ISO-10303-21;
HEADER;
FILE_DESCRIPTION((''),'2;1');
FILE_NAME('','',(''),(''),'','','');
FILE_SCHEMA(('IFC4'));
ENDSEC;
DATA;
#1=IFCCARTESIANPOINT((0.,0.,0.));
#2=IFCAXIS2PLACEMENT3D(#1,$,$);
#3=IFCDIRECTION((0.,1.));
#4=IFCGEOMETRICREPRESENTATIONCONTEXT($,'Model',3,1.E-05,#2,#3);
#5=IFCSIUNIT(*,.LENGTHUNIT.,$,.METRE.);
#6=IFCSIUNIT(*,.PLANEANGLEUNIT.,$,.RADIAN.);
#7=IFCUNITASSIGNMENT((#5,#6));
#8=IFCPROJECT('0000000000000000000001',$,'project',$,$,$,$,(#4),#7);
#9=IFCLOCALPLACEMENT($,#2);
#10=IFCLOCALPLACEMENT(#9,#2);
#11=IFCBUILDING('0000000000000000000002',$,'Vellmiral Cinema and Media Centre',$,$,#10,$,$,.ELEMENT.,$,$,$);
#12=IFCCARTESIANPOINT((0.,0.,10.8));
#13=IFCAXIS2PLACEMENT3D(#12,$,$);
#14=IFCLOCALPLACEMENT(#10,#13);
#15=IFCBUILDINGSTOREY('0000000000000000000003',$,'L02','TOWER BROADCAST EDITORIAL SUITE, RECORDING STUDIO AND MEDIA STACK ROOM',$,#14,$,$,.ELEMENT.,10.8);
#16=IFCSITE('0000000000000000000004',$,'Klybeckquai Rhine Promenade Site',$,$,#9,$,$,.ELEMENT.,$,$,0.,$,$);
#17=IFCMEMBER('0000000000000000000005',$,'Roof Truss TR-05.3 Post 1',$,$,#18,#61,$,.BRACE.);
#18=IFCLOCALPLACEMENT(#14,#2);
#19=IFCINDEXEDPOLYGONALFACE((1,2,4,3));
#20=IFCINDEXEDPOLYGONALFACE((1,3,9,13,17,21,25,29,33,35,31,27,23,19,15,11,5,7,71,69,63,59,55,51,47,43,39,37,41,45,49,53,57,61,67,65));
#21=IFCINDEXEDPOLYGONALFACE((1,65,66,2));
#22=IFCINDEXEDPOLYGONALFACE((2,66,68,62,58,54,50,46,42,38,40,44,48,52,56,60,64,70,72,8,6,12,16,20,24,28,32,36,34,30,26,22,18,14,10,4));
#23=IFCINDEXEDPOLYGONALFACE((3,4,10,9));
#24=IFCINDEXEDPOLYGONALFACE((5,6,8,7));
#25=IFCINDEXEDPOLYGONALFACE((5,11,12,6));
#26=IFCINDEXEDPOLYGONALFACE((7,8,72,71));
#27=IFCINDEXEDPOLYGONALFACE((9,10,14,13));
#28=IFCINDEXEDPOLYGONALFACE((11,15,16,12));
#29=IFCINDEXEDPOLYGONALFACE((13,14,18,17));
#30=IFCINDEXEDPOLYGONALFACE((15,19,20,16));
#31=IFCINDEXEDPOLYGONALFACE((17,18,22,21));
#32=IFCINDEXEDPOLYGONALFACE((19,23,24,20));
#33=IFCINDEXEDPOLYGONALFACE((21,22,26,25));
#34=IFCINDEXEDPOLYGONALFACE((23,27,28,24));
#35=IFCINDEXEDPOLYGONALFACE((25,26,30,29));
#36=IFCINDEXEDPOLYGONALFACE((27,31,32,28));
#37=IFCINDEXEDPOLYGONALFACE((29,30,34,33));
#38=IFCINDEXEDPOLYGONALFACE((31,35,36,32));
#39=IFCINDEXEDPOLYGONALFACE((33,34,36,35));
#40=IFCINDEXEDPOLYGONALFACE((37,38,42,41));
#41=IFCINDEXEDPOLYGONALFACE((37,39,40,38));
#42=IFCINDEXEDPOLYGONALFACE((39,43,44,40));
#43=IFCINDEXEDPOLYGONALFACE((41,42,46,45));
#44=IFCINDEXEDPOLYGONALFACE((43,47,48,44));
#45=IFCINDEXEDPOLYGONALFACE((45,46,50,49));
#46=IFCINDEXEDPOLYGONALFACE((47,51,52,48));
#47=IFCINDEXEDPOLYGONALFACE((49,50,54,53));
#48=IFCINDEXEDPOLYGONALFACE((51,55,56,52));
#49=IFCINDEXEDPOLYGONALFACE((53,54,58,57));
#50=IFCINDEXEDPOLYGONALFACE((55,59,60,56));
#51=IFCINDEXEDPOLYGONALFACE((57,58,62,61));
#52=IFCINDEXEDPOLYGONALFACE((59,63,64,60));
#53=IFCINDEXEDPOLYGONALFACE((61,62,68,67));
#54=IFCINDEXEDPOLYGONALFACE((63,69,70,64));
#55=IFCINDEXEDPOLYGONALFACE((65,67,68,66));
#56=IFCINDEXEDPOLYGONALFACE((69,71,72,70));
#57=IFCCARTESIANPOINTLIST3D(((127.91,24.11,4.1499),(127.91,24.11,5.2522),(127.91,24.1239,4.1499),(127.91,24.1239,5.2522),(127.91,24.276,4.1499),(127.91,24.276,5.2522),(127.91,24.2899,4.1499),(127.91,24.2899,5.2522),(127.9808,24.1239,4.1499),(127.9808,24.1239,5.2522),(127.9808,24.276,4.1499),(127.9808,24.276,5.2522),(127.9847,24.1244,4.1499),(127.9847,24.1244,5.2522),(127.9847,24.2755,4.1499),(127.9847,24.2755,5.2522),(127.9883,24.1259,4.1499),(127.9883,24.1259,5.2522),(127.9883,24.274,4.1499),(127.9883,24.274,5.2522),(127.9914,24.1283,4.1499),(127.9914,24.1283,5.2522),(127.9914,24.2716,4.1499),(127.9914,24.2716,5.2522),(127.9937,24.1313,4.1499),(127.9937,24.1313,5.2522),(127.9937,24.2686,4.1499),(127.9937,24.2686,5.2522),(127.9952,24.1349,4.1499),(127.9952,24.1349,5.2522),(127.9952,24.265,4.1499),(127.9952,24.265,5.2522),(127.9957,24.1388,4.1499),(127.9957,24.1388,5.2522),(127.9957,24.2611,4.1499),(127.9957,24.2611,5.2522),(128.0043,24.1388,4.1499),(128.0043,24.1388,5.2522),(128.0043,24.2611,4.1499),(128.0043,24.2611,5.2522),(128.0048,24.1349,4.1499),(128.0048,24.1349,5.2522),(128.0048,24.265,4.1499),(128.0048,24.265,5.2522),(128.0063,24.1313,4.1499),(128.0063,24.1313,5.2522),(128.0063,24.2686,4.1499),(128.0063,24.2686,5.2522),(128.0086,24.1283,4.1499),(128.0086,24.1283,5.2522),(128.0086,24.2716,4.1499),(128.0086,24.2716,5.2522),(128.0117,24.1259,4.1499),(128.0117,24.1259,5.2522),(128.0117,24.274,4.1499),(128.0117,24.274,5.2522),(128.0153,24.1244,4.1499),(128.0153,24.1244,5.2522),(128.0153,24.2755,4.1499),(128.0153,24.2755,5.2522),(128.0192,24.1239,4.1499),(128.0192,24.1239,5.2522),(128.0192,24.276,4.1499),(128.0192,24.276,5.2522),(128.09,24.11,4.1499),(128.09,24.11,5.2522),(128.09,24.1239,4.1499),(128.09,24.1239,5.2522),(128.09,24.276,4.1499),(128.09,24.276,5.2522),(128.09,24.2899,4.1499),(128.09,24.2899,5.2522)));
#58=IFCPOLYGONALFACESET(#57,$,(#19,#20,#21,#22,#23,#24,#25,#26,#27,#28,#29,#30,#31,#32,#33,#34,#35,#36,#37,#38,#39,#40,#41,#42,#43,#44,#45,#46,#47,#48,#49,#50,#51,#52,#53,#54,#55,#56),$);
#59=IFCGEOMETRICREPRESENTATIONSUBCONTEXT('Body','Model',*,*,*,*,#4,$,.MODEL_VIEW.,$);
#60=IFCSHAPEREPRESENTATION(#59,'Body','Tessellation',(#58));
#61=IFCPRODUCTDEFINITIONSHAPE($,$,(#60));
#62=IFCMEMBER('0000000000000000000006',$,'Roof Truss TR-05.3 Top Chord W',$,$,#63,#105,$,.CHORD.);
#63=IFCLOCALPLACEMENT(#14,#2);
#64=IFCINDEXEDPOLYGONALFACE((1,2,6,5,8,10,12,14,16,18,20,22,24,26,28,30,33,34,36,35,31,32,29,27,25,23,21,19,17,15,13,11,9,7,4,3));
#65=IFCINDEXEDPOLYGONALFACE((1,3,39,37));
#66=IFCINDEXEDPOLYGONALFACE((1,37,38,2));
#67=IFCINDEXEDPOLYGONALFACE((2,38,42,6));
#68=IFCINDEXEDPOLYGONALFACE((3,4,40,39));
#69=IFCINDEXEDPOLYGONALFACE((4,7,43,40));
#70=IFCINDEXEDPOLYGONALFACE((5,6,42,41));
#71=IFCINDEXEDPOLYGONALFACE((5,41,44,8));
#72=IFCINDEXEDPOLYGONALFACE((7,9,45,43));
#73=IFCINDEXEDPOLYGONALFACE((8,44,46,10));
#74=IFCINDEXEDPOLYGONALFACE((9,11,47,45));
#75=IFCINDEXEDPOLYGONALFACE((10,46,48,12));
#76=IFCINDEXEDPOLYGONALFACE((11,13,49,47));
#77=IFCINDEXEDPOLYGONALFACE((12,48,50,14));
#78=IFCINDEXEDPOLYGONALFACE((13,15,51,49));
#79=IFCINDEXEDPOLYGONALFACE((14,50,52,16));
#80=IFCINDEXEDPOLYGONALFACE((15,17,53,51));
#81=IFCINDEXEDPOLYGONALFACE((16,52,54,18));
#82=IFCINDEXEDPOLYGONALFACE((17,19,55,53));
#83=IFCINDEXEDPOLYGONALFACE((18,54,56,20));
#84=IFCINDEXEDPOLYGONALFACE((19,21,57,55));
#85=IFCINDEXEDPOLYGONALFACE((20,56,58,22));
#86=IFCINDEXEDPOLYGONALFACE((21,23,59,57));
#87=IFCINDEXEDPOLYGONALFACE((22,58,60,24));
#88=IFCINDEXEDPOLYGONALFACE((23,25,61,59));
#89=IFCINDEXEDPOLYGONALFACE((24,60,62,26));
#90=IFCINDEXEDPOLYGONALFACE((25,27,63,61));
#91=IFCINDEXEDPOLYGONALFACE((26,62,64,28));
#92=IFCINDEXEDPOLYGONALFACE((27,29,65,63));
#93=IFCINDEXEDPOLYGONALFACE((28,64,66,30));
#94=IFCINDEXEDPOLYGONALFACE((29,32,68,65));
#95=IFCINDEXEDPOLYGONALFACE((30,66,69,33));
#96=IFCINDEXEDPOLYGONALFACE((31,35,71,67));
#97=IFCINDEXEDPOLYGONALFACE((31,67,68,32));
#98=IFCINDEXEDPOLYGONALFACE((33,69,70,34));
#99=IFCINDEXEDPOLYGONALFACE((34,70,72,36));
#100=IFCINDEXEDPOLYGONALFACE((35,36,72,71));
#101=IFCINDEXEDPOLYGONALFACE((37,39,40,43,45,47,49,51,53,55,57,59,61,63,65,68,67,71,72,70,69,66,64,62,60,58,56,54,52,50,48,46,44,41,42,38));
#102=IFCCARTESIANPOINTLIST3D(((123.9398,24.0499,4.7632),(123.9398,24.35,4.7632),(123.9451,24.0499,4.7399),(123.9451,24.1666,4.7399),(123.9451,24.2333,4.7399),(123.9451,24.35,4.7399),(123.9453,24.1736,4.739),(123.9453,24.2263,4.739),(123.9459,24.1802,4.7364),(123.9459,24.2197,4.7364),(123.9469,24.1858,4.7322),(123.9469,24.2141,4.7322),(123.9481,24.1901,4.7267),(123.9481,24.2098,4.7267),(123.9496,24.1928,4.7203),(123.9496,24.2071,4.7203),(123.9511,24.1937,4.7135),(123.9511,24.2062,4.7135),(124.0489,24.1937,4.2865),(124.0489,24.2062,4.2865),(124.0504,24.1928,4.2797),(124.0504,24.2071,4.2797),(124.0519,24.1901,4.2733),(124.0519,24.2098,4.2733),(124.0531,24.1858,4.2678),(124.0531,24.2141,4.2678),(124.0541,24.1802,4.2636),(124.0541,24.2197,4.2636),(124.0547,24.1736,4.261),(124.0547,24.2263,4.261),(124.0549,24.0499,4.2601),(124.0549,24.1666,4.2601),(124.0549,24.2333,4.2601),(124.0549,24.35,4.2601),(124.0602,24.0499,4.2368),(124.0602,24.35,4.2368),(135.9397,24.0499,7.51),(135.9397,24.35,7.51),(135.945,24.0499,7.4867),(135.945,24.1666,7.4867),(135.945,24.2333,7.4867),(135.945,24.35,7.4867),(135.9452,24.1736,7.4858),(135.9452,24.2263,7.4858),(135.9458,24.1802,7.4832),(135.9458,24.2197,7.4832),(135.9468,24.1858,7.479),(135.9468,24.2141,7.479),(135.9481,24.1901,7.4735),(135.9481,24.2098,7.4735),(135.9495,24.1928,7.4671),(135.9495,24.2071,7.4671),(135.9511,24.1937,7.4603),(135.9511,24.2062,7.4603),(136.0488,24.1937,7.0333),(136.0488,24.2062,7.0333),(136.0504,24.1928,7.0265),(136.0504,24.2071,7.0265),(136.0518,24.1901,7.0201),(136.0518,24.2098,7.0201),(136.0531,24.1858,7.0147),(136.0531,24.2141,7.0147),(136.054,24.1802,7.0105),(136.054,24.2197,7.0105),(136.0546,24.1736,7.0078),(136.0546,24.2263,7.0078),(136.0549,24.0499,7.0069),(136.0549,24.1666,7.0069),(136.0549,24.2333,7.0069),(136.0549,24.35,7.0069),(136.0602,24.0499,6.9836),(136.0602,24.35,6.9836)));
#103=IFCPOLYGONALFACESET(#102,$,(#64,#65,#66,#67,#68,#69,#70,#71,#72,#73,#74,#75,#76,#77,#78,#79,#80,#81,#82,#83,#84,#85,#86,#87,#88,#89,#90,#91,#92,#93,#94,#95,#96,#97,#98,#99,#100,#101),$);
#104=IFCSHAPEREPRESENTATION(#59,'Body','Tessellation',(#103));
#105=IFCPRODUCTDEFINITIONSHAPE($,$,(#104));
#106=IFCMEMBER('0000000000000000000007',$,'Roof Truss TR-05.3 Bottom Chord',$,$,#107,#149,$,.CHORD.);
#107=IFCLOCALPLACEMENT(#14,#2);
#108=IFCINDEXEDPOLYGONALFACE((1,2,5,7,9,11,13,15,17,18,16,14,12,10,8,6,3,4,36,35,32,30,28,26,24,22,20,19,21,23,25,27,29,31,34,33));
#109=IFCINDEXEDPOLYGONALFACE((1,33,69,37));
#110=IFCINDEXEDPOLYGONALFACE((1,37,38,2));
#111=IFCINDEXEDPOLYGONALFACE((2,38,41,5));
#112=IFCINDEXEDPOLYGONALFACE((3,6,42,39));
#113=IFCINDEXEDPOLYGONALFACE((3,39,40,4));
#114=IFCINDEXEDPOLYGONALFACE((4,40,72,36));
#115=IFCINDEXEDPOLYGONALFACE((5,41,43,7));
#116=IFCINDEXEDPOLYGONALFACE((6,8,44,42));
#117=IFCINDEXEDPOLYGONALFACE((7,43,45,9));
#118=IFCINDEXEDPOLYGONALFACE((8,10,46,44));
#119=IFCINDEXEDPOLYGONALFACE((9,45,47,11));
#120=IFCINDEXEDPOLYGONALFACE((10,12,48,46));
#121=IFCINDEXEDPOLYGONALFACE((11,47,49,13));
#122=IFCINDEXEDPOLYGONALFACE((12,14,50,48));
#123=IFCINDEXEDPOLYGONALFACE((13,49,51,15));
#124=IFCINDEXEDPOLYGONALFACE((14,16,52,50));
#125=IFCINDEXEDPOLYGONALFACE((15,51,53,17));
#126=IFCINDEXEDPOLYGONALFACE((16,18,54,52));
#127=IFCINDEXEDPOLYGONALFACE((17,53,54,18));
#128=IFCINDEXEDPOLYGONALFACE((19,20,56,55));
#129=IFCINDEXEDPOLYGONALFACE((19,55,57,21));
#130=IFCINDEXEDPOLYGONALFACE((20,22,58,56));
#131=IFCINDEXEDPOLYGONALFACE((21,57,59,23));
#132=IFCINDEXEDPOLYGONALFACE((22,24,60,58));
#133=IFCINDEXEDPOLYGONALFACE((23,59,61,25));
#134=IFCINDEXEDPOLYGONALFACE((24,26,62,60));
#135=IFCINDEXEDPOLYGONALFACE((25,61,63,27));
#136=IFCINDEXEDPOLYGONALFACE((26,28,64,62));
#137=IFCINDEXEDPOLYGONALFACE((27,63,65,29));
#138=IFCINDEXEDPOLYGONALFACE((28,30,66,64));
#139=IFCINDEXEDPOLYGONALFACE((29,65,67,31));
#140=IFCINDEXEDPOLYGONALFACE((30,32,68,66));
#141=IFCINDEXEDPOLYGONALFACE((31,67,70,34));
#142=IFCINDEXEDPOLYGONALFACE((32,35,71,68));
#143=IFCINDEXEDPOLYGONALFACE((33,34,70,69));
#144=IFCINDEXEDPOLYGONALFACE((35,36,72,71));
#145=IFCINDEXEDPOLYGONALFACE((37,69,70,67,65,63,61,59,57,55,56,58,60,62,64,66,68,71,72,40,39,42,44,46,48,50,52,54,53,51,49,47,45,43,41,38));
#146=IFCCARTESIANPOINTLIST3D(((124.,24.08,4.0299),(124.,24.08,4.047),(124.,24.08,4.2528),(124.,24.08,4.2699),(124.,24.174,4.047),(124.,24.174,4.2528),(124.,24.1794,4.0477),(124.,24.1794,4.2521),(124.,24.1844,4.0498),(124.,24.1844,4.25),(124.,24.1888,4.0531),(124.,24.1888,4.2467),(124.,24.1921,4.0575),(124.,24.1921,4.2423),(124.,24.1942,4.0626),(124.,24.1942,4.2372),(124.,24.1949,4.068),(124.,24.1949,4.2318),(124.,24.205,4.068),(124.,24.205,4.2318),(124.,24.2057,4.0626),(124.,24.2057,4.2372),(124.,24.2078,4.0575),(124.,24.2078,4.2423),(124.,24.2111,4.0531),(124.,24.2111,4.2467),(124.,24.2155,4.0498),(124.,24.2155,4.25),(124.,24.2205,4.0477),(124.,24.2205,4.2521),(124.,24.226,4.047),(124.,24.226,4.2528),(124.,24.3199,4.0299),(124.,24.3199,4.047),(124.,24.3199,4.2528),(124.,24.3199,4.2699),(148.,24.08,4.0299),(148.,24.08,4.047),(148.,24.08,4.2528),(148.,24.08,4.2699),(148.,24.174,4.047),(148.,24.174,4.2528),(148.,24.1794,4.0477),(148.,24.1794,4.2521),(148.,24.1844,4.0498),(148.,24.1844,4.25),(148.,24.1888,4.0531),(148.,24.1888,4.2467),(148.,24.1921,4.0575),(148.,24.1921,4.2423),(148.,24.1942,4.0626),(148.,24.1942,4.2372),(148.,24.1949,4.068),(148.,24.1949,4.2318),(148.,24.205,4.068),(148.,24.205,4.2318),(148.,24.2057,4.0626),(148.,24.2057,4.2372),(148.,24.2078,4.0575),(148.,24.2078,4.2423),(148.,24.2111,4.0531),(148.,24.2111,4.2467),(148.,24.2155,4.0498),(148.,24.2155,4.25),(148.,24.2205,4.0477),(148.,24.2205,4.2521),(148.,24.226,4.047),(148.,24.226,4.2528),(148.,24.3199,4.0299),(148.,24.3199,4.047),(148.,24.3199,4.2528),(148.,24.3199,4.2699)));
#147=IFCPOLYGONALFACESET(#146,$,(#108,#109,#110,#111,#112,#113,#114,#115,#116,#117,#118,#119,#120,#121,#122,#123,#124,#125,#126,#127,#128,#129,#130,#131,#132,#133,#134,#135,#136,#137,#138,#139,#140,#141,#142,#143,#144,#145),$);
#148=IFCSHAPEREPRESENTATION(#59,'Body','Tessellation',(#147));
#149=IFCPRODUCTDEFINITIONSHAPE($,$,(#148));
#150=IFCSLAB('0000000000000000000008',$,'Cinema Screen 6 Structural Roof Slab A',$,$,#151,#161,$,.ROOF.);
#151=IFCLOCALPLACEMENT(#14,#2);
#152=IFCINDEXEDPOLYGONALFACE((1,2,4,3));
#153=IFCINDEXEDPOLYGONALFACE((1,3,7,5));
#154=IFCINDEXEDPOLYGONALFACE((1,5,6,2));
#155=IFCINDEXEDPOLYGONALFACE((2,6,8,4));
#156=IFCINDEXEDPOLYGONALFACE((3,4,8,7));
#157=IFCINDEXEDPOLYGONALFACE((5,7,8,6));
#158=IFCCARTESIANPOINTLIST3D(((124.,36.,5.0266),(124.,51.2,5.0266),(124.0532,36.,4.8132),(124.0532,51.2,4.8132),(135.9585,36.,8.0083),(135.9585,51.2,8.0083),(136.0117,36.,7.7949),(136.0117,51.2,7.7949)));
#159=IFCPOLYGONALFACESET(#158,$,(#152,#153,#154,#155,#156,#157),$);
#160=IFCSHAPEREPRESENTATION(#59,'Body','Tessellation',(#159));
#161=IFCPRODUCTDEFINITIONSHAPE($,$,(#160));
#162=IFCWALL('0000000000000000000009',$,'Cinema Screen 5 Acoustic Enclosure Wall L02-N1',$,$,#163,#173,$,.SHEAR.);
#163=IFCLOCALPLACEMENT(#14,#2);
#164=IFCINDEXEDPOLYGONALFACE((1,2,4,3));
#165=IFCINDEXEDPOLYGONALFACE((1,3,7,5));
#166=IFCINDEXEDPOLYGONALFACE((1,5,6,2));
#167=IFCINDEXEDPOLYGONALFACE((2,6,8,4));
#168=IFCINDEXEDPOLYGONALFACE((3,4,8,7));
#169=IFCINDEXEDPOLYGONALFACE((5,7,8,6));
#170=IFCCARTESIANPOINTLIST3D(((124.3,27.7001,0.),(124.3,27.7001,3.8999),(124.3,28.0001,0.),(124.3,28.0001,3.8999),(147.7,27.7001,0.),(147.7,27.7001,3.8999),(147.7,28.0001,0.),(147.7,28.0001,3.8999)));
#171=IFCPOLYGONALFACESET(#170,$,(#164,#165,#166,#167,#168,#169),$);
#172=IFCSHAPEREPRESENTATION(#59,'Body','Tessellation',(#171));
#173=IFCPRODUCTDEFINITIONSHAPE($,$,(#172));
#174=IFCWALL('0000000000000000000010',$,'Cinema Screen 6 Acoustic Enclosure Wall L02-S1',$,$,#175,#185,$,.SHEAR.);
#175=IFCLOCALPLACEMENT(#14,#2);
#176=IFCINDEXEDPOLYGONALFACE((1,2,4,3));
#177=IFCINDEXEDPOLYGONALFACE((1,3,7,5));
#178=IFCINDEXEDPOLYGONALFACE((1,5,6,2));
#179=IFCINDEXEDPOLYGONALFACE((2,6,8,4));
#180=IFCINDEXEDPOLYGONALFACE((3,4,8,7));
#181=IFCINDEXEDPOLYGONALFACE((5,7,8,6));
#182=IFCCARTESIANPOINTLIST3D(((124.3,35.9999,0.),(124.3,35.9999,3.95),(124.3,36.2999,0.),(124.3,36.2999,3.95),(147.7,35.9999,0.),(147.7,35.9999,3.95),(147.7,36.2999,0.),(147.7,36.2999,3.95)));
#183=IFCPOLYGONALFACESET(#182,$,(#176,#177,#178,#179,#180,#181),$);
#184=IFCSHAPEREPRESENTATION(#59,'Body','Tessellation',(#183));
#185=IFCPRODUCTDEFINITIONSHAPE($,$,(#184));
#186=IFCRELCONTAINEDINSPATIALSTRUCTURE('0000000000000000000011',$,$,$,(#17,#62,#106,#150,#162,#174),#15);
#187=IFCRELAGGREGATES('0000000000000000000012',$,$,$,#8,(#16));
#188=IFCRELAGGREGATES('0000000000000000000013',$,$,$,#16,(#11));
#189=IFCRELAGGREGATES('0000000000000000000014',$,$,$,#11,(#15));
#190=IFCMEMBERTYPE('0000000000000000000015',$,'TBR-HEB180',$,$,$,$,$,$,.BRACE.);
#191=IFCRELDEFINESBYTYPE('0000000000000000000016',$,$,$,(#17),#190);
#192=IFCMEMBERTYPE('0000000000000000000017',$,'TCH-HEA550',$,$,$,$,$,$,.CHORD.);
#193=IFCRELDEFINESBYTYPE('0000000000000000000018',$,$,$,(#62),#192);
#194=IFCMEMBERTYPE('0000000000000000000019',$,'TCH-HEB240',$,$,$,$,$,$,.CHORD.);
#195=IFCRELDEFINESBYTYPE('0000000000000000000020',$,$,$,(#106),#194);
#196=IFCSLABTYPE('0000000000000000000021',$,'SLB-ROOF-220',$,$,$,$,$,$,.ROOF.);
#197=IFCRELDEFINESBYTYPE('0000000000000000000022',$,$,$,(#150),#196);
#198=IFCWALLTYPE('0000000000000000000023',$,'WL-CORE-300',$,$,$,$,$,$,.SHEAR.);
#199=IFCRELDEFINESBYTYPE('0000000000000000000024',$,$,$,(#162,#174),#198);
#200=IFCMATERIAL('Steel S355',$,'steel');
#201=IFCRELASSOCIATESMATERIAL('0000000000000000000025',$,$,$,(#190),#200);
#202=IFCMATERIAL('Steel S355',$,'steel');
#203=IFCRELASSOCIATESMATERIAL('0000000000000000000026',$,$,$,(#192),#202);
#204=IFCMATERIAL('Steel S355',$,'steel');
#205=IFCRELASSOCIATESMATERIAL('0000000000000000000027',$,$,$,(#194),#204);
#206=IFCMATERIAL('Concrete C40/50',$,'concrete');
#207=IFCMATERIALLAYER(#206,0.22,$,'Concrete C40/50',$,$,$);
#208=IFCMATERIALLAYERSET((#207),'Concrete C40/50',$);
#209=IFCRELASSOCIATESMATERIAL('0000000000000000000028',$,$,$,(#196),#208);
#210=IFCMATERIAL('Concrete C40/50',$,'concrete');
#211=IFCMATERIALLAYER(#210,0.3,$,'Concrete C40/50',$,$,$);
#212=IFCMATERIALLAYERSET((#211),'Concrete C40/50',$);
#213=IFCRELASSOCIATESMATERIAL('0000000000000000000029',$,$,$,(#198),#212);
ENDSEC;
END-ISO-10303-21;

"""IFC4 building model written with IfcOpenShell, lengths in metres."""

from ifc_helpers import new_model, si_unit, direction, frame, frame_2d, origin, origin_2d, place, context, subcontext, project, spatial, polyline, rectangle, i_section, outline, extrude, material, layer, layer_set, material_profile, profile_set, type_object, element, save


model = new_model("IFC4")

# Units and contexts
model_context = context("Model", 3, precision=1e-05, world=origin(), true_north=direction((0.0, 1.0)))
body_context = subcontext(model_context, "Body", "Model", "MODEL_VIEW")
ifc_project = project(units=[si_unit("LENGTHUNIT", "METRE"), si_unit("PLANEANGLEUNIT", "RADIAN")], contexts=[model_context])

# Site, building, storey
site_placement = place(None, origin())
site = spatial("IfcSite", under=ifc_project, at=site_placement, Name="Klybeckquai Rhine Promenade Site", CompositionType="ELEMENT", RefElevation=0.0)
building_placement = place(site_placement, origin())
building = spatial("IfcBuilding", under=site, at=building_placement, Name="Vellmiral Cinema and Media Centre", CompositionType="ELEMENT")
storey_placement = place(building_placement, frame((0.0, 0.0, 10.8)))
storey = spatial("IfcBuildingStorey", under=building, at=storey_placement, Name="L02", Description="TOWER BROADCAST EDITORIAL SUITE, RECORDING STUDIO AND MEDIA STACK ROOM", CompositionType="ELEMENT", Elevation=10.8)

# Members
ifc_material_1 = material(Name="Steel S355", Category="steel")
ifc_material_profile_1 = material_profile(ifc_material_1, i_section(OverallWidth=0.1799, OverallDepth=0.1799, WebThickness=0.0085, FlangeThickness=0.0139, FilletRadius=0.0149, at=origin_2d()), Name="HEB 180")
ifc_profile_set_1 = profile_set([ifc_material_profile_1], Name="Steel S355")
member_type_1 = type_object("IfcMemberType", Name="TBR-HEB180", PredefinedType="BRACE", material=ifc_profile_set_1)
member_1_placement = place(storey_placement, frame((128.0, 24.2, 4.1499), z_axis=(0.0, 0.0, 1.0), x_axis=(1.0, 0.0, 0.0)))
element("IfcMember", 1, at=member_1_placement, inside=storey, type_object=member_type_1, Name="Roof Truss TR-05.3 Post 1", PredefinedType="BRACE", context=body_context, shape_type="SweptSolid", body=[
    extrude(i_section(OverallWidth=0.1799, OverallDepth=0.1799, WebThickness=0.0085, FlangeThickness=0.0139, FilletRadius=0.0149, at=origin_2d()), origin(), (0.0, 0.0, 1.0), 1.1023),
])
ifc_material_2 = material(Name="Steel S355", Category="steel")
ifc_material_profile_2 = material_profile(ifc_material_2, i_section(OverallWidth=0.3, OverallDepth=0.54, WebThickness=0.0125, FlangeThickness=0.0239, FilletRadius=0.0271, at=origin_2d()), Name="HEA 550")
ifc_profile_set_2 = profile_set([ifc_material_profile_2], Name="Steel S355")
member_type_2 = type_object("IfcMemberType", Name="TCH-HEA550", PredefinedType="CHORD", material=ifc_profile_set_2)
member_2_placement = place(storey_placement, frame((124.0, 24.2, 4.5), z_axis=(0.974788, 0.0, 0.223131), x_axis=(0.0, 1.0, 0.0)))
element("IfcMember", 2, at=member_2_placement, inside=storey, type_object=member_type_2, Name="Roof Truss TR-05.3 Top Chord W", PredefinedType="CHORD", context=body_context, shape_type="SweptSolid", body=[
    extrude(i_section(OverallWidth=0.3, OverallDepth=0.54, WebThickness=0.0125, FlangeThickness=0.0239, FilletRadius=0.0271, at=origin_2d()), origin(), (0.0, 0.0, 1.0), 12.3103),
])
ifc_material_3 = material(Name="Steel S355", Category="steel")
ifc_material_profile_3 = material_profile(ifc_material_3, i_section(OverallWidth=0.24, OverallDepth=0.24, WebThickness=0.01, FlangeThickness=0.0171, FilletRadius=0.021, at=origin_2d()), Name="HEB 240")
ifc_profile_set_3 = profile_set([ifc_material_profile_3], Name="Steel S355")
member_type_3 = type_object("IfcMemberType", Name="TCH-HEB240", PredefinedType="CHORD", material=ifc_profile_set_3)
member_3_placement = place(storey_placement, frame((124.0, 24.2, 4.1499), z_axis=(1.0, 0.0, 0.0), x_axis=(0.0, 1.0, 0.0)))
element("IfcMember", 3, at=member_3_placement, inside=storey, type_object=member_type_3, Name="Roof Truss TR-05.3 Bottom Chord", PredefinedType="CHORD", context=body_context, shape_type="SweptSolid", body=[
    extrude(i_section(OverallWidth=0.24, OverallDepth=0.24, WebThickness=0.01, FlangeThickness=0.0171, FilletRadius=0.021, at=origin_2d()), origin(), (0.0, 0.0, 1.0), 24.0),
])

# Slab
ifc_material_4 = material(Name="Concrete C40/50", Category="concrete")
ifc_layer_1 = layer(ifc_material_4, 0.22, Name="Concrete C40/50")
ifc_layer_set_1 = layer_set([ifc_layer_1], Name="Concrete C40/50")
slab_type = type_object("IfcSlabType", Name="SLB-ROOF-220", PredefinedType="ROOF", material=ifc_layer_set_1)
slab_placement = place(storey_placement, frame((124.0, 36.0, 5.0266), z_axis=(-0.24193, 0.0, 0.970294), x_axis=(0.970294, 0.0, 0.24193)))
element("IfcSlab", 4, at=slab_placement, inside=storey, type_object=slab_type, Name="Cinema Screen 6 Structural Roof Slab A", PredefinedType="ROOF", context=body_context, shape_type="SweptSolid", body=[
    extrude(outline(polyline([(0.0, 0.0), (12.3246, 0.0), (12.3246, 15.2), (0.0, 15.2), (0.0, 0.0)])), origin(), (0.0, 0.0, -1.0), 0.22),
])

# Walls
ifc_material_5 = material(Name="Concrete C40/50", Category="concrete")
ifc_layer_2 = layer(ifc_material_5, 0.3, Name="Concrete C40/50")
ifc_layer_set_2 = layer_set([ifc_layer_2], Name="Concrete C40/50")
wall_type_1 = type_object("IfcWallType", Name="WL-CORE-300", PredefinedType="SHEAR", material=ifc_layer_set_2)
wall_1_placement = place(storey_placement, frame((124.3, 27.8501, 0.0), z_axis=(0.0, 0.0, 1.0), x_axis=(1.0, 0.0, 0.0)))
element("IfcWall", 5, at=wall_1_placement, inside=storey, type_object=wall_type_1, Name="Cinema Screen 5 Acoustic Enclosure Wall L02-N1", PredefinedType="SHEAR", context=body_context, shape_type="SweptSolid", body=[
    extrude(rectangle(XDim=23.3999, YDim=0.3, at=frame_2d((11.7, 0.0))), origin(), (0.0, 0.0, 1.0), 3.8999),
])
wall_2_placement = place(storey_placement, frame((124.3, 36.1499, 0.0), z_axis=(0.0, 0.0, 1.0), x_axis=(1.0, 0.0, 0.0)))
element("IfcWall", 6, at=wall_2_placement, inside=storey, type_object=wall_type_1, Name="Cinema Screen 6 Acoustic Enclosure Wall L02-S1", PredefinedType="SHEAR", context=body_context, shape_type="SweptSolid", body=[
    extrude(rectangle(XDim=23.3999, YDim=0.3, at=frame_2d((11.7, 0.0))), origin(), (0.0, 0.0, 1.0), 3.95),
])

save(model, "model.ifc")
